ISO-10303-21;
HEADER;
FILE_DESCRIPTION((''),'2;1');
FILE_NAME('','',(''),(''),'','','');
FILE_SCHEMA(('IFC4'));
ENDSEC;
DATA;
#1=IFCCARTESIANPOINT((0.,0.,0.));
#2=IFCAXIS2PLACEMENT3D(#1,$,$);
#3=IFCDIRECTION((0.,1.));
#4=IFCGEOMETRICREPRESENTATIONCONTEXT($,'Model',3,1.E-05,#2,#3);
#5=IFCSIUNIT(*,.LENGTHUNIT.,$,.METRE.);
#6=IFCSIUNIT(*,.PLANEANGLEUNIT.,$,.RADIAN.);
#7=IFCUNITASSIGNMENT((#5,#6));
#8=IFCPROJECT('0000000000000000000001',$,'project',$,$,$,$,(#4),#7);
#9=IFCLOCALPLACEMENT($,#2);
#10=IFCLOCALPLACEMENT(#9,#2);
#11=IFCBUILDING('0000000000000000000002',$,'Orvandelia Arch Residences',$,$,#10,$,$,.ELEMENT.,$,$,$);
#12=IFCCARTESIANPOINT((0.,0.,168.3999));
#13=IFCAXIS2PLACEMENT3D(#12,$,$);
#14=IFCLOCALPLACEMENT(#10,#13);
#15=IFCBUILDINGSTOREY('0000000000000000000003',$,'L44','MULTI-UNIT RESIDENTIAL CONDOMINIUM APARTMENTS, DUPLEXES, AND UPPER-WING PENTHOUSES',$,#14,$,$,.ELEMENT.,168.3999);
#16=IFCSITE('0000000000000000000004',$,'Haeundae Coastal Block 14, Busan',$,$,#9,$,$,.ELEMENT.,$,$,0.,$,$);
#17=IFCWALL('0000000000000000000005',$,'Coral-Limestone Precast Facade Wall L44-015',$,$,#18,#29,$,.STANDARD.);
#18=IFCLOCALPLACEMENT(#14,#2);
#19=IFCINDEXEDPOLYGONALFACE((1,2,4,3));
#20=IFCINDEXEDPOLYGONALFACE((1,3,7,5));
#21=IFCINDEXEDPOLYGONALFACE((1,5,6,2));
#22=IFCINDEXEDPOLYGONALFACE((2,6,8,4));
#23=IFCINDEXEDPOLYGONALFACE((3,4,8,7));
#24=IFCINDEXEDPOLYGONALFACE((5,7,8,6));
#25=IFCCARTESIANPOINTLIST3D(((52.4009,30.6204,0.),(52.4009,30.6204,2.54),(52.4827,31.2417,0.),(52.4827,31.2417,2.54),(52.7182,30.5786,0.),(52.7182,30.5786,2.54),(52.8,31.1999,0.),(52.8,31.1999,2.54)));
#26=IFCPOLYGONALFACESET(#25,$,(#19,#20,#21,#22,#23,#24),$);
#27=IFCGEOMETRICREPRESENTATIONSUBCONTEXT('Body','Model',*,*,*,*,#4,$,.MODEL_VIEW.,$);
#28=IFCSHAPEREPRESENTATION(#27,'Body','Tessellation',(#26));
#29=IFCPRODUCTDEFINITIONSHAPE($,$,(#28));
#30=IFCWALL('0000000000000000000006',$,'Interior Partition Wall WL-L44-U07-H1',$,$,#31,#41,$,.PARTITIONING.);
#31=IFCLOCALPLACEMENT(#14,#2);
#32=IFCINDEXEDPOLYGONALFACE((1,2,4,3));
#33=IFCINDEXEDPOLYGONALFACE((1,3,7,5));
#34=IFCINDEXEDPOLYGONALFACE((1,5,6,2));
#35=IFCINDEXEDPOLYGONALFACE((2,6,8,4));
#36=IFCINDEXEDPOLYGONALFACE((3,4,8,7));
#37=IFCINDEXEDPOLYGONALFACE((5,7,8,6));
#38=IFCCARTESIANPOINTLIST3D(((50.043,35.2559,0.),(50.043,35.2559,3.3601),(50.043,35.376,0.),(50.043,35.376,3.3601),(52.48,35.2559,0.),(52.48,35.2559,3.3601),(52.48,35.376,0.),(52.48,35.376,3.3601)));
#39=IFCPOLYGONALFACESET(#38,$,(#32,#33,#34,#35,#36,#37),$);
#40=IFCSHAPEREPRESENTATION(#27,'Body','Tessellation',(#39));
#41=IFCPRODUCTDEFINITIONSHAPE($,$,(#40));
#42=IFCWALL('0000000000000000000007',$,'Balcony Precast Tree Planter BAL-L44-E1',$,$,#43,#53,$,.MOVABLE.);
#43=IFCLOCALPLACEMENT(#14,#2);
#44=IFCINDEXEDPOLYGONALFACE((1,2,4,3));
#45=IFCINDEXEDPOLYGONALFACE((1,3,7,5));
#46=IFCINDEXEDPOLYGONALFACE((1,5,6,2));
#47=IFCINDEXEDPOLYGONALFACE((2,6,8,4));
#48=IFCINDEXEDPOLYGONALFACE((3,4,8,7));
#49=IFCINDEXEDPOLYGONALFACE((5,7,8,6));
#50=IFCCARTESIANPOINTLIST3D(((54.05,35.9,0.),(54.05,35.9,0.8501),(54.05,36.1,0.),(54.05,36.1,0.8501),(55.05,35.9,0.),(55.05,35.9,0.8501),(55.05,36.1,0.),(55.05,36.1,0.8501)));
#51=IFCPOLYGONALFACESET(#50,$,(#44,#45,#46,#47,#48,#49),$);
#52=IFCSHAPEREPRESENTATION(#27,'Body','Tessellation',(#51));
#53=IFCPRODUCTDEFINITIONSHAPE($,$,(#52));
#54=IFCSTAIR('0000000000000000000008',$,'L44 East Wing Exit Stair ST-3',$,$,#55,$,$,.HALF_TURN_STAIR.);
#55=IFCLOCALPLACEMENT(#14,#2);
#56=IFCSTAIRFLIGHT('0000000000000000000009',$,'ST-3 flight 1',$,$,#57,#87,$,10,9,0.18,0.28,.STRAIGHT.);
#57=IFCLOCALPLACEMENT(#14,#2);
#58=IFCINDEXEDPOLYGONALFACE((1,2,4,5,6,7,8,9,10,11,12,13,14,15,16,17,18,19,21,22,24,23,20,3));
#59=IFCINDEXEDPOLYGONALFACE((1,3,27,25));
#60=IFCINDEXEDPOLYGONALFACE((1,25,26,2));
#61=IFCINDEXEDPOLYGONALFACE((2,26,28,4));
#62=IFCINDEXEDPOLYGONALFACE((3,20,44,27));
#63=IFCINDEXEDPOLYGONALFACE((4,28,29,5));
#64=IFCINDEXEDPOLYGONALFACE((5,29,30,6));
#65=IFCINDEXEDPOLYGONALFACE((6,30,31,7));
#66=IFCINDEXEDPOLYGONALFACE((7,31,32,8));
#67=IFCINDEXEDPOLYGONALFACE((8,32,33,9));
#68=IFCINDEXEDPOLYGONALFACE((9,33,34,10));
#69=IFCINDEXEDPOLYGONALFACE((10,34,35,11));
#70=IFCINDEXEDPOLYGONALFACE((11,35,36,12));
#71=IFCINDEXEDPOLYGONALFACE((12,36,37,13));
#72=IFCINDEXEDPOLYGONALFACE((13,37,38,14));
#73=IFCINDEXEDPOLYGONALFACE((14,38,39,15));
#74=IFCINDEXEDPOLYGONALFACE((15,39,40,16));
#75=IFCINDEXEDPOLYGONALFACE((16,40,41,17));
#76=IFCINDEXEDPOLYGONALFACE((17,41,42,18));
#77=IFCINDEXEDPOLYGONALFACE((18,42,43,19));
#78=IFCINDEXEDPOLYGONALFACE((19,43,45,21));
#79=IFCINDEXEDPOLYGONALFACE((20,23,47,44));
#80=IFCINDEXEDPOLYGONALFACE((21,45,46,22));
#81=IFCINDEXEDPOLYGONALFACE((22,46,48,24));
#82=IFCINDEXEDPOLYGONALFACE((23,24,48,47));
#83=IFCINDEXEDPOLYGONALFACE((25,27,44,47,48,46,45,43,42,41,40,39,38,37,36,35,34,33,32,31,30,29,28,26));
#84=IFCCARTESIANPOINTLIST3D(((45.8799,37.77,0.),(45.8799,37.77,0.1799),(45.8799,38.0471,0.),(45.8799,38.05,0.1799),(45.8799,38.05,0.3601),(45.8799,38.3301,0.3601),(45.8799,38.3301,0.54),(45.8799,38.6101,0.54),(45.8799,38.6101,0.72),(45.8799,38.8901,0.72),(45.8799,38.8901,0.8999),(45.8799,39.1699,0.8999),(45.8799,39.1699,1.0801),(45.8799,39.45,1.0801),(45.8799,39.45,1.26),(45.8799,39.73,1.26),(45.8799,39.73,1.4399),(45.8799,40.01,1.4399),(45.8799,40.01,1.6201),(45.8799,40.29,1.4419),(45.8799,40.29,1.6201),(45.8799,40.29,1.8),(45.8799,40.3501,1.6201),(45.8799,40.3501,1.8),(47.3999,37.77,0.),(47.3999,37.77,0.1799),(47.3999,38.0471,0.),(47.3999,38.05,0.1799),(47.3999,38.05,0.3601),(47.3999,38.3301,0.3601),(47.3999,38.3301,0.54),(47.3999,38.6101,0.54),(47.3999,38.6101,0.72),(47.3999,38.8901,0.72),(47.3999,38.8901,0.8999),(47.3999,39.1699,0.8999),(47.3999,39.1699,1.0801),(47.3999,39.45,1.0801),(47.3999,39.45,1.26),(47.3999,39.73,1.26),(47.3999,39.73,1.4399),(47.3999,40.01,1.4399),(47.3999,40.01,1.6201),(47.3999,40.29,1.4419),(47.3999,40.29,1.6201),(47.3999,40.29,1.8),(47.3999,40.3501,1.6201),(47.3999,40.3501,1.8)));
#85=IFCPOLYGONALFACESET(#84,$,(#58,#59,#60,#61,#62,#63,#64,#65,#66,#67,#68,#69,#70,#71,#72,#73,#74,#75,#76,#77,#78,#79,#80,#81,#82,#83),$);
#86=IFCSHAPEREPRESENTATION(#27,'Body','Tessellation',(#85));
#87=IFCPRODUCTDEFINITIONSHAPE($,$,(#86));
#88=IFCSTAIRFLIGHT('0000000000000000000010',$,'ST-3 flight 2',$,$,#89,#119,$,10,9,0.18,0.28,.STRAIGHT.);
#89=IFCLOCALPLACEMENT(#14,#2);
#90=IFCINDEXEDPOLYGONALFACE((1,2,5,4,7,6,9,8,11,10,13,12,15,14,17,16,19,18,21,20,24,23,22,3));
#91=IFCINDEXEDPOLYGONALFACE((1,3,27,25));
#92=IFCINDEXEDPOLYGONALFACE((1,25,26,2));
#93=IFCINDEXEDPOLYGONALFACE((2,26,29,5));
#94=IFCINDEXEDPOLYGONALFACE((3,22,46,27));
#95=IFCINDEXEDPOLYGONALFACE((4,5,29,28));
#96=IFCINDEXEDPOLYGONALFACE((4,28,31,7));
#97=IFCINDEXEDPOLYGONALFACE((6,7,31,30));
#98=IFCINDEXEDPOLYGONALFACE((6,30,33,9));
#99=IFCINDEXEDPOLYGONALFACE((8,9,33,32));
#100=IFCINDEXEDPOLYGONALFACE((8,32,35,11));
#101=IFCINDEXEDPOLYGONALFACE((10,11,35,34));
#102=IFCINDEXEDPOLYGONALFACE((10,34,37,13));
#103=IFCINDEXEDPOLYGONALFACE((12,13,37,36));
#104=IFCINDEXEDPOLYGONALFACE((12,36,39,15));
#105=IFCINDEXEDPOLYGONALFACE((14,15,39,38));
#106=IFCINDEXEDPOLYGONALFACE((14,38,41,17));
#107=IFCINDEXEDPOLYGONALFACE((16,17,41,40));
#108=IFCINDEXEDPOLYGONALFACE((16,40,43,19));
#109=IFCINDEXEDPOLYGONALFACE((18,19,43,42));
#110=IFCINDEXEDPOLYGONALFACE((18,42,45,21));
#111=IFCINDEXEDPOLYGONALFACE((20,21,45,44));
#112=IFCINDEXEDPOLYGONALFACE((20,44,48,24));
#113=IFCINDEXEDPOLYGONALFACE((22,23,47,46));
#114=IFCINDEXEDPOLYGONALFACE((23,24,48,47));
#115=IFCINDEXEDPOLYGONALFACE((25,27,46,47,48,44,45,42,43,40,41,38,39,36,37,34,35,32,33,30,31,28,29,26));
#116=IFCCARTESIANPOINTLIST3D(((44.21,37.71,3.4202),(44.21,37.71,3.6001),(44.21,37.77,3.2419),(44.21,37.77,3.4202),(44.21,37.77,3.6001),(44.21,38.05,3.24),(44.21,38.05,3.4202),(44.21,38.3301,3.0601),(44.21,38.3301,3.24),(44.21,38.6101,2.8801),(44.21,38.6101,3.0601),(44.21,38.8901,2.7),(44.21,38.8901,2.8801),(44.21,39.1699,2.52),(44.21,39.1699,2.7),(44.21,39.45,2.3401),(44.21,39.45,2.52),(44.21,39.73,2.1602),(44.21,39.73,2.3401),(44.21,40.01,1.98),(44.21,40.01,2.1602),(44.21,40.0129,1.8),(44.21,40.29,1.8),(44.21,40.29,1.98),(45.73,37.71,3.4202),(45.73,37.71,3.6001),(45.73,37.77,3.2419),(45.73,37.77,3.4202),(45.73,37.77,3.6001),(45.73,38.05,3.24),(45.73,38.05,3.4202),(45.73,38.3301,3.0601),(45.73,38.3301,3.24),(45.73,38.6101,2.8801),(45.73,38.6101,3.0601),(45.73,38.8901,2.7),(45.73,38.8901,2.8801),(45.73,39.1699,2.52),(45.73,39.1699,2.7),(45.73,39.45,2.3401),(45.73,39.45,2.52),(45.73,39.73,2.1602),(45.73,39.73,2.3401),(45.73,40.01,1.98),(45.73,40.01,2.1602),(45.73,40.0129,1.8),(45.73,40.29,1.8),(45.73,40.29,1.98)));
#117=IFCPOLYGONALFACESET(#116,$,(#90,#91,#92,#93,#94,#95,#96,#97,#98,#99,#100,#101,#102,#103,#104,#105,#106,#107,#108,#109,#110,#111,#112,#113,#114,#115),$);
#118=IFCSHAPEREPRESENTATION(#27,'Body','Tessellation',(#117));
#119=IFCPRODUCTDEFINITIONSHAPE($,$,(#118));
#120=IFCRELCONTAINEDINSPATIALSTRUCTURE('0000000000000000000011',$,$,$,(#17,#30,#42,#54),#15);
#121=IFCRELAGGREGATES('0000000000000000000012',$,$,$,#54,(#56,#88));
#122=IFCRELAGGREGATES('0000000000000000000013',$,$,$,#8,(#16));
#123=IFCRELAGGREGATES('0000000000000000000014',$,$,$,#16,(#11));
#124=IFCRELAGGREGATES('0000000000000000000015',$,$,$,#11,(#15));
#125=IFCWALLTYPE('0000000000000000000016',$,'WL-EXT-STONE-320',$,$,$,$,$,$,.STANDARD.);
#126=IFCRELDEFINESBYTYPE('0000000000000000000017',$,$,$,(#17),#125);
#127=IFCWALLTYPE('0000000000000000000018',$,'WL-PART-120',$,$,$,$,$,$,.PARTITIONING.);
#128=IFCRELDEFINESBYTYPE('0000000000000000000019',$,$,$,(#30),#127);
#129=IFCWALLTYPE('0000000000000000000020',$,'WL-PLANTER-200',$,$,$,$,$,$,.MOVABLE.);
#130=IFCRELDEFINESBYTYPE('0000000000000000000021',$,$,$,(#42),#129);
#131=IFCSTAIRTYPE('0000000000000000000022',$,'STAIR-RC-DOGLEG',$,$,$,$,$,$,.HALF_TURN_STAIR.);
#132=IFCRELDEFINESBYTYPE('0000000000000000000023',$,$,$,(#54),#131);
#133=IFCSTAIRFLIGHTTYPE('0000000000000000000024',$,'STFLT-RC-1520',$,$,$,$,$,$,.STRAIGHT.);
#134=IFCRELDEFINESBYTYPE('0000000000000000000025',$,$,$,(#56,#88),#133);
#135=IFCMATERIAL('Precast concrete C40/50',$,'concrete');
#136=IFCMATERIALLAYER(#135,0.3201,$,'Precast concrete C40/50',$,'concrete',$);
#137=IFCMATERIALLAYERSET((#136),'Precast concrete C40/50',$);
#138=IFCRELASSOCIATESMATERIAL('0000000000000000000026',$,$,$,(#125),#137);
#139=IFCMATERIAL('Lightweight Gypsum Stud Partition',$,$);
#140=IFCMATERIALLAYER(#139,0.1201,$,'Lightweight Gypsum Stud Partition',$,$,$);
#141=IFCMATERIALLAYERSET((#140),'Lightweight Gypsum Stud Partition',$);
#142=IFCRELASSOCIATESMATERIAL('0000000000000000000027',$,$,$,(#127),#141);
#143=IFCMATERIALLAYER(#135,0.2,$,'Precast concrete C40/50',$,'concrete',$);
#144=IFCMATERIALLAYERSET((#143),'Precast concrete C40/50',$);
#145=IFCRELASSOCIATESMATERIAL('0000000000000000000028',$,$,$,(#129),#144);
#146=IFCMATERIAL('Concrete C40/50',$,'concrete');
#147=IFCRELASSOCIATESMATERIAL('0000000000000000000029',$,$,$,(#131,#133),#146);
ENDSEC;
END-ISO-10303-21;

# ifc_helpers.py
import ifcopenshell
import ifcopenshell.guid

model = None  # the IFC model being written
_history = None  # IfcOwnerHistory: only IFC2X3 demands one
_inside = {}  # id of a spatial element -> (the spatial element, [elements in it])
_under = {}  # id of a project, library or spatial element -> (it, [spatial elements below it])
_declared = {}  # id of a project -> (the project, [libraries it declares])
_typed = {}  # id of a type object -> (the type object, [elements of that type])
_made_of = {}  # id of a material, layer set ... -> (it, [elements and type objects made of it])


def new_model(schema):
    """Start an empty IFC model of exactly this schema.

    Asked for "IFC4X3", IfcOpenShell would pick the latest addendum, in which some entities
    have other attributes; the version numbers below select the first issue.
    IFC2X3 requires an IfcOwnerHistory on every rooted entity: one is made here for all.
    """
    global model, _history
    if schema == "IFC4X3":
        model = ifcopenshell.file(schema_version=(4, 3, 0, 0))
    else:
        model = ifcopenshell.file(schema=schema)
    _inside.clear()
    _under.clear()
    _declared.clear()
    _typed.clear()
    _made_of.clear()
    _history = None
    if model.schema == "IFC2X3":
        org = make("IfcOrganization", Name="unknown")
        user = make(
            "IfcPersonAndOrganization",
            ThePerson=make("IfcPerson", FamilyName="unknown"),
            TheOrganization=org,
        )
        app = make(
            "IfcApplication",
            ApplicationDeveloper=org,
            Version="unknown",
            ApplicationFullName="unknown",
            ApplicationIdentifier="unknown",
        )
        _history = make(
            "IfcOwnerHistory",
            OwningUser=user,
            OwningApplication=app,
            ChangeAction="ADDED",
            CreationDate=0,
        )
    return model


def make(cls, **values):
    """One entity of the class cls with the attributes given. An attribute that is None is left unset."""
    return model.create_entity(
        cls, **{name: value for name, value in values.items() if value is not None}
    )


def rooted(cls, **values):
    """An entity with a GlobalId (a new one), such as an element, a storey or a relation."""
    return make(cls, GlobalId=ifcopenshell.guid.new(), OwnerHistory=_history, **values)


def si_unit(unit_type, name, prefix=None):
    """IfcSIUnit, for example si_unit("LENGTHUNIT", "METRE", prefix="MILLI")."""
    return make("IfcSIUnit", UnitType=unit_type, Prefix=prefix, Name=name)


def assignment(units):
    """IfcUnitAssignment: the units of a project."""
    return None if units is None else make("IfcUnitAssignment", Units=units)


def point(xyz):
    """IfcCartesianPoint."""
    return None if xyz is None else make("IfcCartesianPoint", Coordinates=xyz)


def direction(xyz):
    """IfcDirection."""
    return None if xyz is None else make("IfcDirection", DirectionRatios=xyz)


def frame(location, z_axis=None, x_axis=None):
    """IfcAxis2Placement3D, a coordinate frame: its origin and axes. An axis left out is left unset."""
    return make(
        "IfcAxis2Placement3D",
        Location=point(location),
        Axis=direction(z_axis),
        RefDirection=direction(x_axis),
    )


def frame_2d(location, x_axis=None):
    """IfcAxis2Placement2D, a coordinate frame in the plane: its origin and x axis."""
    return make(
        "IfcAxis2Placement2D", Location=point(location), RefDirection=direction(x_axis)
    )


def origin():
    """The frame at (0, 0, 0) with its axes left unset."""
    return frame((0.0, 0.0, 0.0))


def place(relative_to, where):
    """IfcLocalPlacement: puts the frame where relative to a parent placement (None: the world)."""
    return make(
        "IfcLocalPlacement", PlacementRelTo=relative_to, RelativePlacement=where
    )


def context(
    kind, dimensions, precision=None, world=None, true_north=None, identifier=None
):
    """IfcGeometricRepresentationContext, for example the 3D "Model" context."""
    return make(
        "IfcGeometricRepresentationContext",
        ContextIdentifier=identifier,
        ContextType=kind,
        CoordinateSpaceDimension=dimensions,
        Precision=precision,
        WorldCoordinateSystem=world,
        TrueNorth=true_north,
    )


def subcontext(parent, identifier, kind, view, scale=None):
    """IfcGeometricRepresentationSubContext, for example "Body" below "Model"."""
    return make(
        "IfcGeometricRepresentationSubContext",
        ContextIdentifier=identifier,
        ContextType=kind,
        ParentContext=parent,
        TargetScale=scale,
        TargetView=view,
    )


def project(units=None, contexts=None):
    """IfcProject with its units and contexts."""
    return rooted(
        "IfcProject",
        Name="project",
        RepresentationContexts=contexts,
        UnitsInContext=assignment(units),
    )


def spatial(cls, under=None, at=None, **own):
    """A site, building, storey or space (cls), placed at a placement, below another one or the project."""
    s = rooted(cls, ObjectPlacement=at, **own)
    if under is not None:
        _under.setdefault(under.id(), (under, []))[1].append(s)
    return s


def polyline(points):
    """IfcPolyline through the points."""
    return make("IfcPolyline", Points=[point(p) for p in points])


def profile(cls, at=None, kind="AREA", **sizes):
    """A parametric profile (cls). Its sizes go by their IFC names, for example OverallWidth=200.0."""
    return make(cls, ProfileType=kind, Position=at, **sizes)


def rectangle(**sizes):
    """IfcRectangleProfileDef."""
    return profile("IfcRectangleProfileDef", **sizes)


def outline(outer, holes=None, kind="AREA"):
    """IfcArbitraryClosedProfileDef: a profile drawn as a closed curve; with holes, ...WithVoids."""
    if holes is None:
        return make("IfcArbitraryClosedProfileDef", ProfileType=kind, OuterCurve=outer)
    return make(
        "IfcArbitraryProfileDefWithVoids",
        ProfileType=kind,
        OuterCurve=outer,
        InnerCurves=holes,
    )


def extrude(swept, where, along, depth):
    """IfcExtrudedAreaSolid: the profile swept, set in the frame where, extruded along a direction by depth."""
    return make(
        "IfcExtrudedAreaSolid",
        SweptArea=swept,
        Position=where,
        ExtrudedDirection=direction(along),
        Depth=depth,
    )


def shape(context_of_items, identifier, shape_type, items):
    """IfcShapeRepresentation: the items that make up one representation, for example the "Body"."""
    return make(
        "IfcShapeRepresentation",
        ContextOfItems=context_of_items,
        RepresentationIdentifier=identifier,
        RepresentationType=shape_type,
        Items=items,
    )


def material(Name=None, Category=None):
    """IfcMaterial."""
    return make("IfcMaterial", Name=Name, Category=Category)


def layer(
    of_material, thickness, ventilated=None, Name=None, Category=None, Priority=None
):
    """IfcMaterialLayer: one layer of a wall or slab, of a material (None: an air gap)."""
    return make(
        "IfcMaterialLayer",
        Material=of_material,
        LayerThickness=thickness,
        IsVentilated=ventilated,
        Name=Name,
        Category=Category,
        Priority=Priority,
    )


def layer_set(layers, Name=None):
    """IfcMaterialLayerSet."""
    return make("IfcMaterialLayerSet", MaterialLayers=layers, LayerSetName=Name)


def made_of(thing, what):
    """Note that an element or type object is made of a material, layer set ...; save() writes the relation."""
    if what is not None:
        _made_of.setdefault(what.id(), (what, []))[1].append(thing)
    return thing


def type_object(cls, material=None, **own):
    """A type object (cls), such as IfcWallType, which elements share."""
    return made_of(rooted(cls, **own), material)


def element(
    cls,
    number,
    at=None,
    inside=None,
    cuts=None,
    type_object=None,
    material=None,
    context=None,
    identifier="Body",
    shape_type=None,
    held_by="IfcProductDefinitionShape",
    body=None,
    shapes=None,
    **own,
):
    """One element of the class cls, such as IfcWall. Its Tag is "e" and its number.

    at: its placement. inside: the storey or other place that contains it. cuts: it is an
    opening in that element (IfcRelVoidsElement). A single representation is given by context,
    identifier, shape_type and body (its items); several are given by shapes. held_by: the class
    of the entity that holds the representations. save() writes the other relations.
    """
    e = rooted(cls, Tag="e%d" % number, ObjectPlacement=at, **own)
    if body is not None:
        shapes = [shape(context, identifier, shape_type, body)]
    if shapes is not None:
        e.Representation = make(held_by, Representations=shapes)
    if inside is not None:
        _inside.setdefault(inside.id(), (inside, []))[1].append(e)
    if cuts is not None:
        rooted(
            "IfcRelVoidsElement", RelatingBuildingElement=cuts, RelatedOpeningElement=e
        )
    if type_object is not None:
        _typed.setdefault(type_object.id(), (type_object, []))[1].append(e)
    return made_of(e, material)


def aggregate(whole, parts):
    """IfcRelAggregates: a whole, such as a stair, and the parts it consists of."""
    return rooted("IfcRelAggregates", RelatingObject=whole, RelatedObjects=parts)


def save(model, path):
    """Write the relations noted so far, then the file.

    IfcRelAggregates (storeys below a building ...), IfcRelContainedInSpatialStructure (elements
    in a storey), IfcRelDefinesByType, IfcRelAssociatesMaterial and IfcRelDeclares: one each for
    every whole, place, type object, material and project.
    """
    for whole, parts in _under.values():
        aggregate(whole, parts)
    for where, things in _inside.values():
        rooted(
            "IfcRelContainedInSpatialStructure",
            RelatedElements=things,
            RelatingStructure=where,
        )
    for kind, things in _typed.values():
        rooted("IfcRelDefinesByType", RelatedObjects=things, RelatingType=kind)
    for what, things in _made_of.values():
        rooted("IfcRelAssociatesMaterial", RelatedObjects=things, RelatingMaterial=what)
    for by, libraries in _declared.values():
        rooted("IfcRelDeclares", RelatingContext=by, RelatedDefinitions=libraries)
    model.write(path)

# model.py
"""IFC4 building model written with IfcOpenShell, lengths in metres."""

from ifc_helpers import new_model, si_unit, direction, frame, frame_2d, origin, place, context, subcontext, project, spatial, polyline, rectangle, outline, extrude, material, layer, layer_set, type_object, element, aggregate, save


model = new_model("IFC4")

# Units and contexts
model_context = context("Model", 3, precision=1e-05, world=origin(), true_north=direction((0.0, 1.0)))
body_context = subcontext(model_context, "Body", "Model", "MODEL_VIEW")
ifc_project = project(units=[si_unit("LENGTHUNIT", "METRE"), si_unit("PLANEANGLEUNIT", "RADIAN")], contexts=[model_context])

# Site, building, storey
site_placement = place(None, origin())
site = spatial("IfcSite", under=ifc_project, at=site_placement, Name="Haeundae Coastal Block 14, Busan", CompositionType="ELEMENT", RefElevation=0.0)
building_placement = place(site_placement, origin())
building = spatial("IfcBuilding", under=site, at=building_placement, Name="Orvandelia Arch Residences", CompositionType="ELEMENT")
storey_placement = place(building_placement, frame((0.0, 0.0, 168.3999)))
storey = spatial("IfcBuildingStorey", under=building, at=storey_placement, Name="L44", Description="MULTI-UNIT RESIDENTIAL CONDOMINIUM APARTMENTS, DUPLEXES, AND UPPER-WING PENTHOUSES", CompositionType="ELEMENT", Elevation=168.3999)

# Walls
ifc_material_1 = material(Name="Precast concrete C40/50", Category="concrete")
ifc_layer_1 = layer(ifc_material_1, 0.3201, Name="Precast concrete C40/50", Category="concrete")
ifc_layer_set_1 = layer_set([ifc_layer_1], Name="Precast concrete C40/50")
wall_type_1 = type_object("IfcWallType", Name="WL-EXT-STONE-320", PredefinedType="STANDARD", material=ifc_layer_set_1)
wall_1_placement = place(storey_placement, frame((52.6414, 31.2209, 0.0), z_axis=(0.0, 0.0, 1.0), x_axis=(-0.130505, -0.991448, 0.0)))
element("IfcWall", 1, at=wall_1_placement, inside=storey, type_object=wall_type_1, Name="Coral-Limestone Precast Facade Wall L44-015", PredefinedType="STANDARD", context=body_context, shape_type="SweptSolid", body=[
    extrude(rectangle(XDim=0.6267, YDim=0.3201, at=frame_2d((0.3135, 0.0))), origin(), (0.0, 0.0, 1.0), 2.54),
])
ifc_material_2 = material(Name="Lightweight Gypsum Stud Partition")
ifc_layer_2 = layer(ifc_material_2, 0.1201, Name="Lightweight Gypsum Stud Partition")
ifc_layer_set_2 = layer_set([ifc_layer_2], Name="Lightweight Gypsum Stud Partition")
wall_type_2 = type_object("IfcWallType", Name="WL-PART-120", PredefinedType="PARTITIONING", material=ifc_layer_set_2)
wall_2_placement = place(storey_placement, frame((50.043, 35.3159, 0.0), z_axis=(0.0, 0.0, 1.0), x_axis=(1.0, 0.0, 0.0)))
element("IfcWall", 2, at=wall_2_placement, inside=storey, type_object=wall_type_2, Name="Interior Partition Wall WL-L44-U07-H1", PredefinedType="PARTITIONING", context=body_context, shape_type="SweptSolid", body=[
    extrude(rectangle(XDim=2.437, YDim=0.1201, at=frame_2d((1.2185, 0.0))), origin(), (0.0, 0.0, 1.0), 3.3601),
])
ifc_layer_3 = layer(ifc_material_1, 0.2, Name="Precast concrete C40/50", Category="concrete")
ifc_layer_set_3 = layer_set([ifc_layer_3], Name="Precast concrete C40/50")
wall_type_3 = type_object("IfcWallType", Name="WL-PLANTER-200", PredefinedType="MOVABLE", material=ifc_layer_set_3)
wall_3_placement = place(storey_placement, frame((54.05, 36.0, 0.0), z_axis=(0.0, 0.0, 1.0), x_axis=(1.0, 0.0, 0.0)))
element("IfcWall", 3, at=wall_3_placement, inside=storey, type_object=wall_type_3, Name="Balcony Precast Tree Planter BAL-L44-E1", PredefinedType="MOVABLE", context=body_context, shape_type="SweptSolid", body=[
    extrude(rectangle(XDim=1.0, YDim=0.2, at=frame_2d((0.5, 0.0))), origin(), (0.0, 0.0, 1.0), 0.8501),
])

# Stair, stair flights
ifc_material_3 = material(Name="Concrete C40/50", Category="concrete")
stair_type = type_object("IfcStairType", Name="STAIR-RC-DOGLEG", PredefinedType="HALF_TURN_STAIR", material=ifc_material_3)
stair_placement = place(storey_placement, origin())
stair = element("IfcStair", 4, at=stair_placement, inside=storey, type_object=stair_type, Name="L44 East Wing Exit Stair ST-3", PredefinedType="HALF_TURN_STAIR")
stair_flight_type = type_object("IfcStairFlightType", Name="STFLT-RC-1520", PredefinedType="STRAIGHT", material=ifc_material_3)
stair_flight_1_placement = place(storey_placement, frame((46.6399, 37.77, 0.0), z_axis=(0.0, 0.0, 1.0), x_axis=(0.0, 1.0, 0.0)))
stair_flight_1 = element("IfcStairFlight", 5, at=stair_flight_1_placement, type_object=stair_flight_type, Name="ST-3 flight 1", NumberOfRisers=10, NumberOfTreads=9, PredefinedType="STRAIGHT", RiserHeight=0.18, TreadLength=0.28, context=body_context, shape_type="SweptSolid", body=[
    extrude(outline(polyline([(0.0, 0.0), (0.0, 0.1799), (0.28, 0.1799), (0.28, 0.3601), (0.5601, 0.3601), (0.5601, 0.54), (0.8401, 0.54), (0.8401, 0.72), (1.1201, 0.72), (1.1201, 0.8999), (1.3999, 0.8999), (1.3999, 1.0801), (1.6799, 1.0801), (1.6799, 1.26), (1.96, 1.26), (1.96, 1.4399), (2.24, 1.4399), (2.24, 1.6201), (2.52, 1.6201), (2.52, 1.8), (2.5801, 1.8), (2.5801, 1.6201), (2.52, 1.4419), (0.2771, 0.0), (0.0, 0.0)])), frame((0.0, 0.76, 0.0), z_axis=(0.0, -1.0, 0.0), x_axis=(1.0, 0.0, 0.0)), (0.0, 0.0, 1.0), 1.52),
])
stair_flight_2_placement = place(storey_placement, frame((44.97, 40.29, 1.8), z_axis=(0.0, 0.0, 1.0), x_axis=(0.0, -1.0, 0.0)))
stair_flight_2 = element("IfcStairFlight", 6, at=stair_flight_2_placement, type_object=stair_flight_type, Name="ST-3 flight 2", NumberOfRisers=10, NumberOfTreads=9, PredefinedType="STRAIGHT", RiserHeight=0.18, TreadLength=0.28, context=body_context, shape_type="SweptSolid", body=[
    extrude(outline(polyline([(0.0, 0.0), (0.0, 0.1799), (0.28, 0.1799), (0.28, 0.3601), (0.5601, 0.3601), (0.5601, 0.54), (0.8401, 0.54), (0.8401, 0.72), (1.1201, 0.72), (1.1201, 0.8999), (1.3999, 0.8999), (1.3999, 1.0801), (1.6799, 1.0801), (1.6799, 1.26), (1.96, 1.26), (1.96, 1.4399), (2.24, 1.4399), (2.24, 1.6201), (2.52, 1.6201), (2.52, 1.8), (2.5801, 1.8), (2.5801, 1.6201), (2.52, 1.4419), (0.2771, 0.0), (0.0, 0.0)])), frame((0.0, 0.76, 0.0), z_axis=(0.0, -1.0, 0.0), x_axis=(1.0, 0.0, 0.0)), (0.0, 0.0, 1.0), 1.52),
])
aggregate(stair, [stair_flight_1, stair_flight_2])

save(model, "model.ifc")
